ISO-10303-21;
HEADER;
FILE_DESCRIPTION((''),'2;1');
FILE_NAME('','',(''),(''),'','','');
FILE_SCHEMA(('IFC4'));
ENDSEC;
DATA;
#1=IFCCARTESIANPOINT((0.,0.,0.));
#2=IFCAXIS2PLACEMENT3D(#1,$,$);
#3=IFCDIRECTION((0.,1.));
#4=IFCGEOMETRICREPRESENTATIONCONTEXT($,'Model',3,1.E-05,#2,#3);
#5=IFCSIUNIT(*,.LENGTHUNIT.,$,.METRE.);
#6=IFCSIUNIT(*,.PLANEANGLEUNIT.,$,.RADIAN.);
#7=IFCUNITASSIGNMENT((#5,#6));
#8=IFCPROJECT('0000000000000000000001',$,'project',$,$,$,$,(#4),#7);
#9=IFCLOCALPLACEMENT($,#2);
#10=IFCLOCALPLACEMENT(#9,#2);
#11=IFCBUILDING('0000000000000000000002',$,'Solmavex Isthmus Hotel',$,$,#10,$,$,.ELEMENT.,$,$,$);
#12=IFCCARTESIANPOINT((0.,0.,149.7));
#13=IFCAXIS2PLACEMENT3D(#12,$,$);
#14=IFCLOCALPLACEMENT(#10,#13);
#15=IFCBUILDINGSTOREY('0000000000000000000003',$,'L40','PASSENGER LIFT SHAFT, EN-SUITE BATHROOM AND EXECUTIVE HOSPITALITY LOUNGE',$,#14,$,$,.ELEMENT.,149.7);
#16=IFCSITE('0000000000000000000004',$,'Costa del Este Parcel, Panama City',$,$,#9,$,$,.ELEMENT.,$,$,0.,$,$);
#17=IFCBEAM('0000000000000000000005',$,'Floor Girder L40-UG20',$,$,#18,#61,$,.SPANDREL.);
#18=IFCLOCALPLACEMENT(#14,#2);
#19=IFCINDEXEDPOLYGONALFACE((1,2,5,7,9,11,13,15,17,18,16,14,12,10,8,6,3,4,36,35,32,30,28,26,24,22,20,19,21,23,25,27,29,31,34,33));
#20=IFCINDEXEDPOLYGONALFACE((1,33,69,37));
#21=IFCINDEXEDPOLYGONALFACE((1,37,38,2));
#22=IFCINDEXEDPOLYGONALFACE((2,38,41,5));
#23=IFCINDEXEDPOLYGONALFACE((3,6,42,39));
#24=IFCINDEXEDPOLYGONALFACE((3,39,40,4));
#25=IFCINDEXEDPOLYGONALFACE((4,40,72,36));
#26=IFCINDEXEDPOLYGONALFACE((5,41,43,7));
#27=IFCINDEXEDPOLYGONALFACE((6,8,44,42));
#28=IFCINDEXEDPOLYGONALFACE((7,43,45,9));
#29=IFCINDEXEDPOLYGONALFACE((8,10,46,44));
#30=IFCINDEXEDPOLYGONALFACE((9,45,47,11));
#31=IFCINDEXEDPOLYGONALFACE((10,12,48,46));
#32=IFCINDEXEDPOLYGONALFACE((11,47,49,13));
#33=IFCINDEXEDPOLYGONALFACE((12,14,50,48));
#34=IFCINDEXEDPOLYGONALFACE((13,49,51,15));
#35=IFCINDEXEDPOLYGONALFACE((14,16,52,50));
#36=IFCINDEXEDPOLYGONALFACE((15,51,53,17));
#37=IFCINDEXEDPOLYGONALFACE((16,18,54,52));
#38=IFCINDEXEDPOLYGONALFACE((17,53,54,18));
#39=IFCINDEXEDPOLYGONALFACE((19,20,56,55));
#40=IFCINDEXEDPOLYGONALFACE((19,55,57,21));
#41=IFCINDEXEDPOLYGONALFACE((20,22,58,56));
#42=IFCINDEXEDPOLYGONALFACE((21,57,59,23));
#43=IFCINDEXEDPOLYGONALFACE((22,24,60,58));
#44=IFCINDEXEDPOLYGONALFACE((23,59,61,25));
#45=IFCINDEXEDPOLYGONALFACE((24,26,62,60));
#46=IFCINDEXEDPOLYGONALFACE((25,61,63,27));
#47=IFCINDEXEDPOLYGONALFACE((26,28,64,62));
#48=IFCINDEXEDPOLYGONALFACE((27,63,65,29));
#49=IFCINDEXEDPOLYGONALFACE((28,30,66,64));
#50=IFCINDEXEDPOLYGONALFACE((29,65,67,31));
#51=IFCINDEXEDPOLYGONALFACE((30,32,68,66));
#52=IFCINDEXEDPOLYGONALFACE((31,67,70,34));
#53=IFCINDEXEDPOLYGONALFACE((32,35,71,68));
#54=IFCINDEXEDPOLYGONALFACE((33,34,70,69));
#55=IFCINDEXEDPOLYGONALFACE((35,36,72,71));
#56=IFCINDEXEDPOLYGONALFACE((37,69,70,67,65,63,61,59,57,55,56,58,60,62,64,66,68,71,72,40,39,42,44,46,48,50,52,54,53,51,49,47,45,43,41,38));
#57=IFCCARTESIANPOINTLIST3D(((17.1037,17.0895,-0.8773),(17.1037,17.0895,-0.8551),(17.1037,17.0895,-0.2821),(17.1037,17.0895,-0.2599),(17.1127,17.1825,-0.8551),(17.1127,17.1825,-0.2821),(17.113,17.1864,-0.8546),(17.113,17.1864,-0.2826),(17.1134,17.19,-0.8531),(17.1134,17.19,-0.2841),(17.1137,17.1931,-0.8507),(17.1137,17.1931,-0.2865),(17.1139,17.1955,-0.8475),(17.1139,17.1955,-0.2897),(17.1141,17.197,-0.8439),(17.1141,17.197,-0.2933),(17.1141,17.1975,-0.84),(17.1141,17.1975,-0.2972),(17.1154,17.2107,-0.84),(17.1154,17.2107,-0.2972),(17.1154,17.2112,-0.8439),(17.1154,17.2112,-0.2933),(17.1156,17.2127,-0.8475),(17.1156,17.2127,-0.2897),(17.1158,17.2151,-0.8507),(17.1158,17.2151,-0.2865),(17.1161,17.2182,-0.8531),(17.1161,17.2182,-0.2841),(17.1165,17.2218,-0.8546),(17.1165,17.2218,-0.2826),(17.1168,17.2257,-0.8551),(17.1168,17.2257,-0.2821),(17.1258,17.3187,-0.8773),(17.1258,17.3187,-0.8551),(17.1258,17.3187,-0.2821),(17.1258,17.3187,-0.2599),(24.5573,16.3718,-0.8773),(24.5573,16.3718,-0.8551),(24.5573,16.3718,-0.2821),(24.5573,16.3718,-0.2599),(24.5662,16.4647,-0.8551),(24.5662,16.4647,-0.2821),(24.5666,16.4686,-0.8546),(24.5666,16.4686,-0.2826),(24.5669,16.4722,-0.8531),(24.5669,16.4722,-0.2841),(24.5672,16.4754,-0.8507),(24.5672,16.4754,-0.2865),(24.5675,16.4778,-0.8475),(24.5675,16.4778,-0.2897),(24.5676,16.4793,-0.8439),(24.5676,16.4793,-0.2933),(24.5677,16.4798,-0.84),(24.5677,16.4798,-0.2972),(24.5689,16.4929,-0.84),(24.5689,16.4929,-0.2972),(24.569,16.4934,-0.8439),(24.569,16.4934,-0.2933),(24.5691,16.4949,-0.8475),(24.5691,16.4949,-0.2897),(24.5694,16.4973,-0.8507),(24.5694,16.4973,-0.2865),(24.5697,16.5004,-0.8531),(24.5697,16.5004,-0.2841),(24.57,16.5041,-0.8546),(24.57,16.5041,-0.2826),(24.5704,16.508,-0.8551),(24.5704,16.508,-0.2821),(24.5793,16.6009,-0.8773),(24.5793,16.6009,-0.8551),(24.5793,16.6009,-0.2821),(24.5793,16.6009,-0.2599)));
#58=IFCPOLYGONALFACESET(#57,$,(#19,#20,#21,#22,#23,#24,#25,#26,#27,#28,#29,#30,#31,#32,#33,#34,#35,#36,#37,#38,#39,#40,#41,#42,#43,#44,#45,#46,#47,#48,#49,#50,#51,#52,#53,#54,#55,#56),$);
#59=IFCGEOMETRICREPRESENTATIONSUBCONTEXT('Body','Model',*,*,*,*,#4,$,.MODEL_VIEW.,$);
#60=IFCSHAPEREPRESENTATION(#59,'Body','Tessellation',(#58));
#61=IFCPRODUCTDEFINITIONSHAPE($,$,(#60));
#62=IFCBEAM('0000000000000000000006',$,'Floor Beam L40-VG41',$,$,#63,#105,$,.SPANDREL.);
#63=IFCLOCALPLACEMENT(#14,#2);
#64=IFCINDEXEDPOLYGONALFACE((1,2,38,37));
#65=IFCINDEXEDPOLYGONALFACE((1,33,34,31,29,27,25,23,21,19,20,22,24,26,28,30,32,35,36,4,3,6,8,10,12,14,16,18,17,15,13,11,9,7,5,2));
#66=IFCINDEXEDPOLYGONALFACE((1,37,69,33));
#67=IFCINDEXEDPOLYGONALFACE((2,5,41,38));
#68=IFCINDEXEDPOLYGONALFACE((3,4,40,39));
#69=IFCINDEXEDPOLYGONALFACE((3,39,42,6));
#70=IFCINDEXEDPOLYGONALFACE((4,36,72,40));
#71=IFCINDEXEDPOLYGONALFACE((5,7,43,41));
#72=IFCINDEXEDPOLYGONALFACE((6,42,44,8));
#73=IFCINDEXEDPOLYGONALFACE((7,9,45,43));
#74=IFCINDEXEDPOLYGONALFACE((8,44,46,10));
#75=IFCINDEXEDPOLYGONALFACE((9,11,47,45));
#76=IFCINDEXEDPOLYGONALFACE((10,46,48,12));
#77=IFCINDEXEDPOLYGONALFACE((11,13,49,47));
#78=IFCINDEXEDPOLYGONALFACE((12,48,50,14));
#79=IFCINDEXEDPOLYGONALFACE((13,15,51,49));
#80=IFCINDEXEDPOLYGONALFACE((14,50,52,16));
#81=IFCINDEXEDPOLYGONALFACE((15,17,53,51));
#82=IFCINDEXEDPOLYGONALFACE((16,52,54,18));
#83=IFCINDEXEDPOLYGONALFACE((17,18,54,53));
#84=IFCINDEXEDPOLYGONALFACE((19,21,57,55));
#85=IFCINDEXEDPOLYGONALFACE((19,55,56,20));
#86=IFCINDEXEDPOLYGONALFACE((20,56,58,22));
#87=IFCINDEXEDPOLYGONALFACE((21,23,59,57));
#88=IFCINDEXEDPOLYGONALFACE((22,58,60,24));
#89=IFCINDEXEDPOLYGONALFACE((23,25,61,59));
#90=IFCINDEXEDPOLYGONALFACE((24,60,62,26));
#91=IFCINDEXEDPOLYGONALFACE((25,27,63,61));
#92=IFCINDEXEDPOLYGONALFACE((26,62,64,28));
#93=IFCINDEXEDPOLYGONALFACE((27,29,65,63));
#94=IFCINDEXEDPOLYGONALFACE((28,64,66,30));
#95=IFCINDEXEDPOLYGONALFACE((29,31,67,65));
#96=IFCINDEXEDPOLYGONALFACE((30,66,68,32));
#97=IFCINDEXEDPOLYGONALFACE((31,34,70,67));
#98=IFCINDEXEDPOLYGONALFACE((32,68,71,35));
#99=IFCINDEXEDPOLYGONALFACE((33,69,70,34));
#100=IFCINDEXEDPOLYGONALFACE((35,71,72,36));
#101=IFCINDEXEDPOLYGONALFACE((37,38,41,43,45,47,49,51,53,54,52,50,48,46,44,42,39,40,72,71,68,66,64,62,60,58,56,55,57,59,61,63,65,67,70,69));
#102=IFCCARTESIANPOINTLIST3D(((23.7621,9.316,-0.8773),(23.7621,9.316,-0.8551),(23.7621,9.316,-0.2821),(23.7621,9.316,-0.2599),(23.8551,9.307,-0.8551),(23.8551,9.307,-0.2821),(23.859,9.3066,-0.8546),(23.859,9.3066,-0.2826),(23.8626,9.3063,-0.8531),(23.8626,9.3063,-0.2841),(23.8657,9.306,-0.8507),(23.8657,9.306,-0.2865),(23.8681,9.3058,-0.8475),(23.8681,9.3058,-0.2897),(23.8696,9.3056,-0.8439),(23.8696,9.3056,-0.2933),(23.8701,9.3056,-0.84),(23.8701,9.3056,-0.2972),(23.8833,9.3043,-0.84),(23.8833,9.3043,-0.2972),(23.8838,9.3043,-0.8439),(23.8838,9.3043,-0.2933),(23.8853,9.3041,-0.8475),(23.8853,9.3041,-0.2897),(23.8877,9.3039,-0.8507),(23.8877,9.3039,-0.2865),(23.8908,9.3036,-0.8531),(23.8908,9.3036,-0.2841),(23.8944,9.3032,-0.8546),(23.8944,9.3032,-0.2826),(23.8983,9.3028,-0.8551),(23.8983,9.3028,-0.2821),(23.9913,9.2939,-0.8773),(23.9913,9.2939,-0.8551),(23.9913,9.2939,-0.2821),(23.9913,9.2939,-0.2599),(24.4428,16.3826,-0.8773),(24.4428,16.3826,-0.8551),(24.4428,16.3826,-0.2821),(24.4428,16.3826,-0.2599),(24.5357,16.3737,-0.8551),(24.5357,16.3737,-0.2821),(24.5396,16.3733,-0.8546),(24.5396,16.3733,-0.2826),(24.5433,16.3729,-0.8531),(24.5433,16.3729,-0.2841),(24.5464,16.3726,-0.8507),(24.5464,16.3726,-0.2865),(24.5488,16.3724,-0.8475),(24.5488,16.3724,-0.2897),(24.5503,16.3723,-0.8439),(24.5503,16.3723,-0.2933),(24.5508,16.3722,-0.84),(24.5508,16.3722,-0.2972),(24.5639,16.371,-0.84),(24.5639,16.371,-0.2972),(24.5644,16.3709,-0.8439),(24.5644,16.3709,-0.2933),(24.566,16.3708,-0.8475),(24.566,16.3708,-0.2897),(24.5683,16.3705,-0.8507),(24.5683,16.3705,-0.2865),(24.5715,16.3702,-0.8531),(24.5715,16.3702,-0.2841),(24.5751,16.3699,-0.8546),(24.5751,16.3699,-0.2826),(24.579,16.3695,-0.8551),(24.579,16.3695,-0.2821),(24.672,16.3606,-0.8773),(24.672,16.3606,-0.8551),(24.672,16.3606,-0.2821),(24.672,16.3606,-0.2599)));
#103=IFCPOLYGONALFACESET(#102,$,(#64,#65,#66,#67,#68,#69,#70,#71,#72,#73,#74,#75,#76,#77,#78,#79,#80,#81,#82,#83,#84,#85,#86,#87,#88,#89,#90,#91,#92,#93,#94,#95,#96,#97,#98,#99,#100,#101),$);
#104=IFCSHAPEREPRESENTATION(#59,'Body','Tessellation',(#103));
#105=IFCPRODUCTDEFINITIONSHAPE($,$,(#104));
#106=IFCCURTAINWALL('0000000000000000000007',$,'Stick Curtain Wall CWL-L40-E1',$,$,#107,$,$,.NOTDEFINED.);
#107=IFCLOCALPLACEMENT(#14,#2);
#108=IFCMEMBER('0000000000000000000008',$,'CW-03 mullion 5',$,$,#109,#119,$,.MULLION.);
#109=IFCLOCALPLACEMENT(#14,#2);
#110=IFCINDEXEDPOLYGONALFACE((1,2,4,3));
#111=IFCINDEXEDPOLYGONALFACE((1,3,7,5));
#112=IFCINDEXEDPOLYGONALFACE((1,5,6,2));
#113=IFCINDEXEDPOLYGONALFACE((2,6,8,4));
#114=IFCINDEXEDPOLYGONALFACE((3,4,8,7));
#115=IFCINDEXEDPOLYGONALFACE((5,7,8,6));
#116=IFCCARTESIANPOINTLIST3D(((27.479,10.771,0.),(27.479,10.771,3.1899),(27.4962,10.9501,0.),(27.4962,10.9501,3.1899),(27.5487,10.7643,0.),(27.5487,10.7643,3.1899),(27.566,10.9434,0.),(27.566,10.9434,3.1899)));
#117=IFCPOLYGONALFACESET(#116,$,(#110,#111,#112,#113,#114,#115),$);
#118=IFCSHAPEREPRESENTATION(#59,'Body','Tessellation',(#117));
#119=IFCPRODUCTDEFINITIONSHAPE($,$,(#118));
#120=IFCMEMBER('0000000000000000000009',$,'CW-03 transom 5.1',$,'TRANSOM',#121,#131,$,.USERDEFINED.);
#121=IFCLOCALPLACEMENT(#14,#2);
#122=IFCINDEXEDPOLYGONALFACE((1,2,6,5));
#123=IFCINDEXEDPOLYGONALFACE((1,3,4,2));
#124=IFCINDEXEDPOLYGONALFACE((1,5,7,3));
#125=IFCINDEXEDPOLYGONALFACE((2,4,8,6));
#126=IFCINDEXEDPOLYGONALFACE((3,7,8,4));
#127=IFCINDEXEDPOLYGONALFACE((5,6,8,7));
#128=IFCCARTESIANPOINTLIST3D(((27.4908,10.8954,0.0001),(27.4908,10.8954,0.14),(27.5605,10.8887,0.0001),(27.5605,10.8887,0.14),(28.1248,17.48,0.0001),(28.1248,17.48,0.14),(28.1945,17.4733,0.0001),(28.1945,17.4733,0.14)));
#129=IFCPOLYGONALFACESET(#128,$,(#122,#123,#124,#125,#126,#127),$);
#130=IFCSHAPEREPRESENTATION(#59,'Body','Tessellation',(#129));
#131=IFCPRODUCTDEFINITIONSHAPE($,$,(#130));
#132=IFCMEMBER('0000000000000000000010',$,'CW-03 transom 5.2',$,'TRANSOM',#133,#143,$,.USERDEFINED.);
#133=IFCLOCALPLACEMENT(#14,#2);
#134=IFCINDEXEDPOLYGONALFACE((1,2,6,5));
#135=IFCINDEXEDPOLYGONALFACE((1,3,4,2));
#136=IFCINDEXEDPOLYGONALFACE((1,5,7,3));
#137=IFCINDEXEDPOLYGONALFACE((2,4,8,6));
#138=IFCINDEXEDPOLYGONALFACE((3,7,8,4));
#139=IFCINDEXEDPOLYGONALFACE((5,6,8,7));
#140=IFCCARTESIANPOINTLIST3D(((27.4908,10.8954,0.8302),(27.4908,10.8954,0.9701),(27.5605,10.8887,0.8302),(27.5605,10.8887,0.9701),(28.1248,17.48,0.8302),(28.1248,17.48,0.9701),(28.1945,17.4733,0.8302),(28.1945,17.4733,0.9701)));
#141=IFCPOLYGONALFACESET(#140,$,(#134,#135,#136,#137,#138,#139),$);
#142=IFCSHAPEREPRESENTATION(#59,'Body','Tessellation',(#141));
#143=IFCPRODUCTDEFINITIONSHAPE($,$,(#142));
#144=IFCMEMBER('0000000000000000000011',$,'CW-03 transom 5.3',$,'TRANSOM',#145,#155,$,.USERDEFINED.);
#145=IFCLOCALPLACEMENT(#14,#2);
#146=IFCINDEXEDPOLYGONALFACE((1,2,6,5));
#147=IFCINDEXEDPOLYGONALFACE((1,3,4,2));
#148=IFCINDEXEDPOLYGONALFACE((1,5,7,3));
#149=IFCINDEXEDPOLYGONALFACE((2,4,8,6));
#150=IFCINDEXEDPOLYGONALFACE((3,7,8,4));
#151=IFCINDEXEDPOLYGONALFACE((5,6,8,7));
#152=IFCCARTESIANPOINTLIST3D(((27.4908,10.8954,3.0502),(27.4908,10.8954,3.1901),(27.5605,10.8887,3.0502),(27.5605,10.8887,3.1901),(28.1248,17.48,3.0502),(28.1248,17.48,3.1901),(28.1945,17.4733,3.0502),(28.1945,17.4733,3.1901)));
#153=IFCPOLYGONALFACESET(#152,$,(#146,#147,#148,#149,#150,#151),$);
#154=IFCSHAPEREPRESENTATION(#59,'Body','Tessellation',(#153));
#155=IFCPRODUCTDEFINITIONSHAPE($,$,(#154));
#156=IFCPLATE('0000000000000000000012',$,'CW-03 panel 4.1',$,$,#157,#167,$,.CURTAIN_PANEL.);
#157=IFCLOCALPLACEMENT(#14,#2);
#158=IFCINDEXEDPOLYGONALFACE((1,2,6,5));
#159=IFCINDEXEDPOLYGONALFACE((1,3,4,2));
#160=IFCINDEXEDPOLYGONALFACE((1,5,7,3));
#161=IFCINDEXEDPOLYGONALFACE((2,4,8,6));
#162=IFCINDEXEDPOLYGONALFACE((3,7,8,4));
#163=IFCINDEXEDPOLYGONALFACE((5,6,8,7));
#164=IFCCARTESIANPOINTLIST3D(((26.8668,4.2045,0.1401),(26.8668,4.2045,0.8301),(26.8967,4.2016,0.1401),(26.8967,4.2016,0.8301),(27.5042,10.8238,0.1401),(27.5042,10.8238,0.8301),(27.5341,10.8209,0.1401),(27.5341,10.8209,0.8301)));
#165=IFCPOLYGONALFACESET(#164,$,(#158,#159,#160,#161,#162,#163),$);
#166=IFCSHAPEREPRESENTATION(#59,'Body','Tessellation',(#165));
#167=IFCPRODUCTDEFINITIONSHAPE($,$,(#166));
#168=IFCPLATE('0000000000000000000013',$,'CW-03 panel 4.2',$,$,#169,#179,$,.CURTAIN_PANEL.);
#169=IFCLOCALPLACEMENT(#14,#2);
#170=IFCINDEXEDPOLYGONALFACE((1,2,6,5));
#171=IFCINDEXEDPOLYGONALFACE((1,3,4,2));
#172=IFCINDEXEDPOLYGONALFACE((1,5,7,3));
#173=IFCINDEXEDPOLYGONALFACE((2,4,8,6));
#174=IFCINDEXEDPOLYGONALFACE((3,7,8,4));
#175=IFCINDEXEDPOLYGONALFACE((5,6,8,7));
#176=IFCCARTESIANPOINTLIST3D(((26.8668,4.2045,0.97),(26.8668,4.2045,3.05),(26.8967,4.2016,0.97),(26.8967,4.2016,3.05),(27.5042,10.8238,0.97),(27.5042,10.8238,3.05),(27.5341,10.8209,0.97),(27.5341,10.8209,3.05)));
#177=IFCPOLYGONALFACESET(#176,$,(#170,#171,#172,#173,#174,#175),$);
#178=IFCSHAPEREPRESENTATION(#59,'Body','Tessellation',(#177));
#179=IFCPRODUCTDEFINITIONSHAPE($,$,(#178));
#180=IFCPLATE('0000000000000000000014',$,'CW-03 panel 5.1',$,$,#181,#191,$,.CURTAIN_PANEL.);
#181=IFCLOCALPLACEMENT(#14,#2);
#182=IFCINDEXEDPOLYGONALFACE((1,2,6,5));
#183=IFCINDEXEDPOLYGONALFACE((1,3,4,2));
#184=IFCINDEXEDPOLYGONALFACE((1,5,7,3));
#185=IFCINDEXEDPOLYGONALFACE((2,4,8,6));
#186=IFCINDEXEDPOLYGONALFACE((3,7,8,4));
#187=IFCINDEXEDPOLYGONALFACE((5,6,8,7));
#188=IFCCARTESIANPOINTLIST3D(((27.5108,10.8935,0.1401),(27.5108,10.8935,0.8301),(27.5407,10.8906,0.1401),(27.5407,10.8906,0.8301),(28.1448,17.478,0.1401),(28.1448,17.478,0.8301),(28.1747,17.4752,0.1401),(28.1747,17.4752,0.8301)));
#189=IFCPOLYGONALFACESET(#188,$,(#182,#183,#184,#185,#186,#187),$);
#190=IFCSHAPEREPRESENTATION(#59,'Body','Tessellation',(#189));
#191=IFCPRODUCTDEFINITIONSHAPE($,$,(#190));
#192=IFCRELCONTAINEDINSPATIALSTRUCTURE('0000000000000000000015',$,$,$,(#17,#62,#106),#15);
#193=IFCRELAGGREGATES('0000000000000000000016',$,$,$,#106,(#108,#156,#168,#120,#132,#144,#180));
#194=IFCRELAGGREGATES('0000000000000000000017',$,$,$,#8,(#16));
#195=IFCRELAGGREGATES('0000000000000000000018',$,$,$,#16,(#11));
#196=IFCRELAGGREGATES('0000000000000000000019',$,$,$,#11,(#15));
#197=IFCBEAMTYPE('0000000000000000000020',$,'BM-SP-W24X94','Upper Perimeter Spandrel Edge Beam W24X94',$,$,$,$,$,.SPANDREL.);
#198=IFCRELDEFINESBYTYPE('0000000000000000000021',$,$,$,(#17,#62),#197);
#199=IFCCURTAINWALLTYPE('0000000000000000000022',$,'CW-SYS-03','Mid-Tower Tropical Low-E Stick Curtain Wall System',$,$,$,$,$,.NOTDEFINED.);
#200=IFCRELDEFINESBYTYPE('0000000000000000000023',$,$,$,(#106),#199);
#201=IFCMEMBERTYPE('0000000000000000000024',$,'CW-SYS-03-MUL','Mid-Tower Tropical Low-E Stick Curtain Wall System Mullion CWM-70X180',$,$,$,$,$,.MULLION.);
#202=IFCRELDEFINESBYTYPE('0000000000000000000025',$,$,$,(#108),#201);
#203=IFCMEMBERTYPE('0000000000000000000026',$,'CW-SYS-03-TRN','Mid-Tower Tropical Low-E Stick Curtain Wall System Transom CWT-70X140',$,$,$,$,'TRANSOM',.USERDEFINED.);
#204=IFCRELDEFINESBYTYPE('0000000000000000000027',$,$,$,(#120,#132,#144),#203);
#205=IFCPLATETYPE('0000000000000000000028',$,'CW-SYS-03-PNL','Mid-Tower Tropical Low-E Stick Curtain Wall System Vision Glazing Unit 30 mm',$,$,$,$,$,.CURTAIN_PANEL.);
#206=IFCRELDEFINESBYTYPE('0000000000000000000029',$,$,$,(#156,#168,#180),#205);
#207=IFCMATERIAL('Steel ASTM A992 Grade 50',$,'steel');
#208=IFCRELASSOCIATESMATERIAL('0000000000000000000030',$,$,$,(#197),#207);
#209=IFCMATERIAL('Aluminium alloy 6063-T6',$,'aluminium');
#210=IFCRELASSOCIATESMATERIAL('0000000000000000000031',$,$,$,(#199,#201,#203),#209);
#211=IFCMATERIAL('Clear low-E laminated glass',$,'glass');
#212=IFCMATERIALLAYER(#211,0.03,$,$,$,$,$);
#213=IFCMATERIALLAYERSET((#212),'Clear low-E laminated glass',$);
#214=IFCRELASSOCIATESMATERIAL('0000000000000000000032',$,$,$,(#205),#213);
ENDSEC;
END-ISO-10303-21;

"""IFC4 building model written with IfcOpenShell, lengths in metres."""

from ifc_helpers import new_model, si_unit, direction, frame, origin, origin_2d, place, context, subcontext, project, spatial, rectangle, i_section, extrude, material, layer, layer_set, material_profile, profile_set, type_object, element, aggregate, save


model = new_model("IFC4")

# Units and contexts
model_context = context("Model", 3, precision=1e-05, world=origin(), true_north=direction((0.0, 1.0)))
body_context = subcontext(model_context, "Body", "Model", "MODEL_VIEW")
ifc_project = project(units=[si_unit("LENGTHUNIT", "METRE"), si_unit("PLANEANGLEUNIT", "RADIAN")], contexts=[model_context])

# Site, building, storey
site_placement = place(None, origin())
site = spatial("IfcSite", under=ifc_project, at=site_placement, Name="Costa del Este Parcel, Panama City", CompositionType="ELEMENT", RefElevation=0.0)
building_placement = place(site_placement, origin())
building = spatial("IfcBuilding", under=site, at=building_placement, Name="Solmavex Isthmus Hotel", CompositionType="ELEMENT")
storey_placement = place(building_placement, frame((0.0, 0.0, 149.7)))
storey = spatial("IfcBuildingStorey", under=building, at=storey_placement, Name="L40", Description="PASSENGER LIFT SHAFT, EN-SUITE BATHROOM AND EXECUTIVE HOSPITALITY LOUNGE", CompositionType="ELEMENT", Elevation=149.7)

# Beams
ifc_material_1 = material(Name="Steel ASTM A992 Grade 50", Category="steel")
ifc_material_profile_1 = material_profile(ifc_material_1, i_section(OverallWidth=0.2302, OverallDepth=0.6174, WebThickness=0.0132, FlangeThickness=0.0222, FilletRadius=0.0151, at=origin_2d()), Name="W24X94")
ifc_profile_set_1 = profile_set([ifc_material_profile_1], Name="Steel ASTM A992 Grade 50")
beam_type_1 = type_object("IfcBeamType", Name="BM-SP-W24X94", Description="Upper Perimeter Spandrel Edge Beam W24X94", PredefinedType="SPANDREL", material=ifc_profile_set_1)
beam_1_placement = place(storey_placement, frame((17.1147, 17.2041, -0.5686), z_axis=(0.995395, -0.095855, 0.0), x_axis=(0.095855, 0.995395, 0.0)))
element("IfcBeam", 1, at=beam_1_placement, inside=storey, type_object=beam_type_1, Name="Floor Girder L40-UG20", PredefinedType="SPANDREL", context=body_context, shape_type="SweptSolid", body=[
    extrude(i_section(OverallWidth=0.2302, OverallDepth=0.6174, WebThickness=0.0132, FlangeThickness=0.0222, FilletRadius=0.0151, at=origin_2d()), origin(), (0.0, 0.0, 1.0), 7.488),
])
beam_2_placement = place(storey_placement, frame((23.8767, 9.3049, -0.5686), z_axis=(0.095877, 0.995393, 0.0), x_axis=(-0.995393, 0.095877, 0.0)))
element("IfcBeam", 2, at=beam_2_placement, inside=storey, type_object=beam_type_1, Name="Floor Beam L40-VG41", PredefinedType="SPANDREL", context=body_context, shape_type="SweptSolid", body=[
    extrude(i_section(OverallWidth=0.2302, OverallDepth=0.6174, WebThickness=0.0132, FlangeThickness=0.0222, FilletRadius=0.0151, at=origin_2d()), origin(), (0.0, 0.0, 1.0), 7.0994),
])

# Curtain wall, members, plates
ifc_material_2 = material(Name="Aluminium alloy 6063-T6", Category="aluminium")
curtain_wall_type = type_object("IfcCurtainWallType", Name="CW-SYS-03", Description="Mid-Tower Tropical Low-E Stick Curtain Wall System", PredefinedType="NOTDEFINED", material=ifc_material_2)
curtain_wall_placement = place(storey_placement, origin())
curtain_wall = element("IfcCurtainWall", 3, at=curtain_wall_placement, inside=storey, type_object=curtain_wall_type, Name="Stick Curtain Wall CWL-L40-E1", PredefinedType="NOTDEFINED")
ifc_material_profile_2 = material_profile(ifc_material_2, rectangle(XDim=0.0701, YDim=0.1799, at=origin_2d()), Name="CWM-70X180")
ifc_profile_set_2 = profile_set([ifc_material_profile_2], Name="Aluminium alloy 6063-T6")
member_type_1 = type_object("IfcMemberType", Name="CW-SYS-03-MUL", Description="Mid-Tower Tropical Low-E Stick Curtain Wall System Mullion CWM-70X180", PredefinedType="MULLION", material=ifc_profile_set_2)
member_1_placement = place(storey_placement, frame((27.5225, 10.8572, 0.0), z_axis=(0.0, 0.0, 1.0), x_axis=(-0.995396, 0.095846, 0.0)))
member_1 = element("IfcMember", 4, at=member_1_placement, type_object=member_type_1, Name="CW-03 mullion 5", PredefinedType="MULLION", context=body_context, shape_type="SweptSolid", body=[
    extrude(rectangle(XDim=0.0701, YDim=0.1799, at=origin_2d()), origin(), (0.0, 0.0, 1.0), 3.1899),
])
ifc_material_profile_3 = material_profile(ifc_material_2, rectangle(XDim=0.0701, YDim=0.1399, at=origin_2d()), Name="CWT-70X140")
ifc_profile_set_3 = profile_set([ifc_material_profile_3], Name="Aluminium alloy 6063-T6")
member_type_2 = type_object("IfcMemberType", Name="CW-SYS-03-TRN", Description="Mid-Tower Tropical Low-E Stick Curtain Wall System Transom CWT-70X140", ElementType="TRANSOM", PredefinedType="USERDEFINED", material=ifc_profile_set_3)
member_2_placement = place(storey_placement, frame((27.5256, 10.8921, 0.0701), z_axis=(0.095849, 0.995396, 0.0), x_axis=(-0.995396, 0.095849, 0.0)))
member_2 = element("IfcMember", 5, at=member_2_placement, type_object=member_type_2, Name="CW-03 transom 5.1", ObjectType="TRANSOM", PredefinedType="USERDEFINED", context=body_context, shape_type="SweptSolid", body=[
    extrude(rectangle(XDim=0.0701, YDim=0.1399, at=origin_2d()), origin(), (0.0, 0.0, 1.0), 6.615),
])
member_3_placement = place(storey_placement, frame((27.5256, 10.8921, 0.9001), z_axis=(0.095849, 0.995396, 0.0), x_axis=(-0.995396, 0.095849, 0.0)))
member_3 = element("IfcMember", 6, at=member_3_placement, type_object=member_type_2, Name="CW-03 transom 5.2", ObjectType="TRANSOM", PredefinedType="USERDEFINED", context=body_context, shape_type="SweptSolid", body=[
    extrude(rectangle(XDim=0.0701, YDim=0.1399, at=origin_2d()), origin(), (0.0, 0.0, 1.0), 6.615),
])
member_4_placement = place(storey_placement, frame((27.5256, 10.8921, 3.1201), z_axis=(0.095849, 0.995396, 0.0), x_axis=(-0.995396, 0.095849, 0.0)))
member_4 = element("IfcMember", 7, at=member_4_placement, type_object=member_type_2, Name="CW-03 transom 5.3", ObjectType="TRANSOM", PredefinedType="USERDEFINED", context=body_context, shape_type="SweptSolid", body=[
    extrude(rectangle(XDim=0.0701, YDim=0.1399, at=origin_2d()), origin(), (0.0, 0.0, 1.0), 6.615),
])
ifc_material_3 = material(Name="Clear low-E laminated glass", Category="glass")
ifc_layer_1 = layer(ifc_material_3, 0.03)
ifc_layer_set_1 = layer_set([ifc_layer_1], Name="Clear low-E laminated glass")
plate_type = type_object("IfcPlateType", Name="CW-SYS-03-PNL", Description="Mid-Tower Tropical Low-E Stick Curtain Wall System Vision Glazing Unit 30 mm", PredefinedType="CURTAIN_PANEL", material=ifc_layer_set_1)
plate_1_placement = place(storey_placement, frame((27.2004, 7.5127, 0.1401), z_axis=(0.0, 0.0, 1.0), x_axis=(0.095846, 0.995396, 0.0)))
plate_1 = element("IfcPlate", 8, at=plate_1_placement, type_object=plate_type, Name="CW-03 panel 4.1", PredefinedType="CURTAIN_PANEL", context=body_context, shape_type="SweptSolid", body=[
    extrude(rectangle(XDim=6.6499, YDim=0.03, at=origin_2d()), origin(), (0.0, 0.0, 1.0), 0.6899),
])
plate_2_placement = place(storey_placement, frame((27.2004, 7.5127, 0.97), z_axis=(0.0, 0.0, 1.0), x_axis=(0.095846, 0.995396, 0.0)))
plate_2 = element("IfcPlate", 9, at=plate_2_placement, type_object=plate_type, Name="CW-03 panel 4.2", PredefinedType="CURTAIN_PANEL", context=body_context, shape_type="SweptSolid", body=[
    extrude(rectangle(XDim=6.6499, YDim=0.03, at=origin_2d()), origin(), (0.0, 0.0, 1.0), 2.0801),
])
plate_3_placement = place(storey_placement, frame((27.8428, 14.1843, 0.1401), z_axis=(0.0, 0.0, 1.0), x_axis=(0.095846, 0.995396, 0.0)))
plate_3 = element("IfcPlate", 10, at=plate_3_placement, type_object=plate_type, Name="CW-03 panel 5.1", PredefinedType="CURTAIN_PANEL", context=body_context, shape_type="SweptSolid", body=[
    extrude(rectangle(XDim=6.615, YDim=0.03, at=origin_2d()), origin(), (0.0, 0.0, 1.0), 0.6899),
])
aggregate(curtain_wall, [member_1, plate_1, plate_2, member_2, member_3, member_4, plate_3])

save(model, "model.ifc")
